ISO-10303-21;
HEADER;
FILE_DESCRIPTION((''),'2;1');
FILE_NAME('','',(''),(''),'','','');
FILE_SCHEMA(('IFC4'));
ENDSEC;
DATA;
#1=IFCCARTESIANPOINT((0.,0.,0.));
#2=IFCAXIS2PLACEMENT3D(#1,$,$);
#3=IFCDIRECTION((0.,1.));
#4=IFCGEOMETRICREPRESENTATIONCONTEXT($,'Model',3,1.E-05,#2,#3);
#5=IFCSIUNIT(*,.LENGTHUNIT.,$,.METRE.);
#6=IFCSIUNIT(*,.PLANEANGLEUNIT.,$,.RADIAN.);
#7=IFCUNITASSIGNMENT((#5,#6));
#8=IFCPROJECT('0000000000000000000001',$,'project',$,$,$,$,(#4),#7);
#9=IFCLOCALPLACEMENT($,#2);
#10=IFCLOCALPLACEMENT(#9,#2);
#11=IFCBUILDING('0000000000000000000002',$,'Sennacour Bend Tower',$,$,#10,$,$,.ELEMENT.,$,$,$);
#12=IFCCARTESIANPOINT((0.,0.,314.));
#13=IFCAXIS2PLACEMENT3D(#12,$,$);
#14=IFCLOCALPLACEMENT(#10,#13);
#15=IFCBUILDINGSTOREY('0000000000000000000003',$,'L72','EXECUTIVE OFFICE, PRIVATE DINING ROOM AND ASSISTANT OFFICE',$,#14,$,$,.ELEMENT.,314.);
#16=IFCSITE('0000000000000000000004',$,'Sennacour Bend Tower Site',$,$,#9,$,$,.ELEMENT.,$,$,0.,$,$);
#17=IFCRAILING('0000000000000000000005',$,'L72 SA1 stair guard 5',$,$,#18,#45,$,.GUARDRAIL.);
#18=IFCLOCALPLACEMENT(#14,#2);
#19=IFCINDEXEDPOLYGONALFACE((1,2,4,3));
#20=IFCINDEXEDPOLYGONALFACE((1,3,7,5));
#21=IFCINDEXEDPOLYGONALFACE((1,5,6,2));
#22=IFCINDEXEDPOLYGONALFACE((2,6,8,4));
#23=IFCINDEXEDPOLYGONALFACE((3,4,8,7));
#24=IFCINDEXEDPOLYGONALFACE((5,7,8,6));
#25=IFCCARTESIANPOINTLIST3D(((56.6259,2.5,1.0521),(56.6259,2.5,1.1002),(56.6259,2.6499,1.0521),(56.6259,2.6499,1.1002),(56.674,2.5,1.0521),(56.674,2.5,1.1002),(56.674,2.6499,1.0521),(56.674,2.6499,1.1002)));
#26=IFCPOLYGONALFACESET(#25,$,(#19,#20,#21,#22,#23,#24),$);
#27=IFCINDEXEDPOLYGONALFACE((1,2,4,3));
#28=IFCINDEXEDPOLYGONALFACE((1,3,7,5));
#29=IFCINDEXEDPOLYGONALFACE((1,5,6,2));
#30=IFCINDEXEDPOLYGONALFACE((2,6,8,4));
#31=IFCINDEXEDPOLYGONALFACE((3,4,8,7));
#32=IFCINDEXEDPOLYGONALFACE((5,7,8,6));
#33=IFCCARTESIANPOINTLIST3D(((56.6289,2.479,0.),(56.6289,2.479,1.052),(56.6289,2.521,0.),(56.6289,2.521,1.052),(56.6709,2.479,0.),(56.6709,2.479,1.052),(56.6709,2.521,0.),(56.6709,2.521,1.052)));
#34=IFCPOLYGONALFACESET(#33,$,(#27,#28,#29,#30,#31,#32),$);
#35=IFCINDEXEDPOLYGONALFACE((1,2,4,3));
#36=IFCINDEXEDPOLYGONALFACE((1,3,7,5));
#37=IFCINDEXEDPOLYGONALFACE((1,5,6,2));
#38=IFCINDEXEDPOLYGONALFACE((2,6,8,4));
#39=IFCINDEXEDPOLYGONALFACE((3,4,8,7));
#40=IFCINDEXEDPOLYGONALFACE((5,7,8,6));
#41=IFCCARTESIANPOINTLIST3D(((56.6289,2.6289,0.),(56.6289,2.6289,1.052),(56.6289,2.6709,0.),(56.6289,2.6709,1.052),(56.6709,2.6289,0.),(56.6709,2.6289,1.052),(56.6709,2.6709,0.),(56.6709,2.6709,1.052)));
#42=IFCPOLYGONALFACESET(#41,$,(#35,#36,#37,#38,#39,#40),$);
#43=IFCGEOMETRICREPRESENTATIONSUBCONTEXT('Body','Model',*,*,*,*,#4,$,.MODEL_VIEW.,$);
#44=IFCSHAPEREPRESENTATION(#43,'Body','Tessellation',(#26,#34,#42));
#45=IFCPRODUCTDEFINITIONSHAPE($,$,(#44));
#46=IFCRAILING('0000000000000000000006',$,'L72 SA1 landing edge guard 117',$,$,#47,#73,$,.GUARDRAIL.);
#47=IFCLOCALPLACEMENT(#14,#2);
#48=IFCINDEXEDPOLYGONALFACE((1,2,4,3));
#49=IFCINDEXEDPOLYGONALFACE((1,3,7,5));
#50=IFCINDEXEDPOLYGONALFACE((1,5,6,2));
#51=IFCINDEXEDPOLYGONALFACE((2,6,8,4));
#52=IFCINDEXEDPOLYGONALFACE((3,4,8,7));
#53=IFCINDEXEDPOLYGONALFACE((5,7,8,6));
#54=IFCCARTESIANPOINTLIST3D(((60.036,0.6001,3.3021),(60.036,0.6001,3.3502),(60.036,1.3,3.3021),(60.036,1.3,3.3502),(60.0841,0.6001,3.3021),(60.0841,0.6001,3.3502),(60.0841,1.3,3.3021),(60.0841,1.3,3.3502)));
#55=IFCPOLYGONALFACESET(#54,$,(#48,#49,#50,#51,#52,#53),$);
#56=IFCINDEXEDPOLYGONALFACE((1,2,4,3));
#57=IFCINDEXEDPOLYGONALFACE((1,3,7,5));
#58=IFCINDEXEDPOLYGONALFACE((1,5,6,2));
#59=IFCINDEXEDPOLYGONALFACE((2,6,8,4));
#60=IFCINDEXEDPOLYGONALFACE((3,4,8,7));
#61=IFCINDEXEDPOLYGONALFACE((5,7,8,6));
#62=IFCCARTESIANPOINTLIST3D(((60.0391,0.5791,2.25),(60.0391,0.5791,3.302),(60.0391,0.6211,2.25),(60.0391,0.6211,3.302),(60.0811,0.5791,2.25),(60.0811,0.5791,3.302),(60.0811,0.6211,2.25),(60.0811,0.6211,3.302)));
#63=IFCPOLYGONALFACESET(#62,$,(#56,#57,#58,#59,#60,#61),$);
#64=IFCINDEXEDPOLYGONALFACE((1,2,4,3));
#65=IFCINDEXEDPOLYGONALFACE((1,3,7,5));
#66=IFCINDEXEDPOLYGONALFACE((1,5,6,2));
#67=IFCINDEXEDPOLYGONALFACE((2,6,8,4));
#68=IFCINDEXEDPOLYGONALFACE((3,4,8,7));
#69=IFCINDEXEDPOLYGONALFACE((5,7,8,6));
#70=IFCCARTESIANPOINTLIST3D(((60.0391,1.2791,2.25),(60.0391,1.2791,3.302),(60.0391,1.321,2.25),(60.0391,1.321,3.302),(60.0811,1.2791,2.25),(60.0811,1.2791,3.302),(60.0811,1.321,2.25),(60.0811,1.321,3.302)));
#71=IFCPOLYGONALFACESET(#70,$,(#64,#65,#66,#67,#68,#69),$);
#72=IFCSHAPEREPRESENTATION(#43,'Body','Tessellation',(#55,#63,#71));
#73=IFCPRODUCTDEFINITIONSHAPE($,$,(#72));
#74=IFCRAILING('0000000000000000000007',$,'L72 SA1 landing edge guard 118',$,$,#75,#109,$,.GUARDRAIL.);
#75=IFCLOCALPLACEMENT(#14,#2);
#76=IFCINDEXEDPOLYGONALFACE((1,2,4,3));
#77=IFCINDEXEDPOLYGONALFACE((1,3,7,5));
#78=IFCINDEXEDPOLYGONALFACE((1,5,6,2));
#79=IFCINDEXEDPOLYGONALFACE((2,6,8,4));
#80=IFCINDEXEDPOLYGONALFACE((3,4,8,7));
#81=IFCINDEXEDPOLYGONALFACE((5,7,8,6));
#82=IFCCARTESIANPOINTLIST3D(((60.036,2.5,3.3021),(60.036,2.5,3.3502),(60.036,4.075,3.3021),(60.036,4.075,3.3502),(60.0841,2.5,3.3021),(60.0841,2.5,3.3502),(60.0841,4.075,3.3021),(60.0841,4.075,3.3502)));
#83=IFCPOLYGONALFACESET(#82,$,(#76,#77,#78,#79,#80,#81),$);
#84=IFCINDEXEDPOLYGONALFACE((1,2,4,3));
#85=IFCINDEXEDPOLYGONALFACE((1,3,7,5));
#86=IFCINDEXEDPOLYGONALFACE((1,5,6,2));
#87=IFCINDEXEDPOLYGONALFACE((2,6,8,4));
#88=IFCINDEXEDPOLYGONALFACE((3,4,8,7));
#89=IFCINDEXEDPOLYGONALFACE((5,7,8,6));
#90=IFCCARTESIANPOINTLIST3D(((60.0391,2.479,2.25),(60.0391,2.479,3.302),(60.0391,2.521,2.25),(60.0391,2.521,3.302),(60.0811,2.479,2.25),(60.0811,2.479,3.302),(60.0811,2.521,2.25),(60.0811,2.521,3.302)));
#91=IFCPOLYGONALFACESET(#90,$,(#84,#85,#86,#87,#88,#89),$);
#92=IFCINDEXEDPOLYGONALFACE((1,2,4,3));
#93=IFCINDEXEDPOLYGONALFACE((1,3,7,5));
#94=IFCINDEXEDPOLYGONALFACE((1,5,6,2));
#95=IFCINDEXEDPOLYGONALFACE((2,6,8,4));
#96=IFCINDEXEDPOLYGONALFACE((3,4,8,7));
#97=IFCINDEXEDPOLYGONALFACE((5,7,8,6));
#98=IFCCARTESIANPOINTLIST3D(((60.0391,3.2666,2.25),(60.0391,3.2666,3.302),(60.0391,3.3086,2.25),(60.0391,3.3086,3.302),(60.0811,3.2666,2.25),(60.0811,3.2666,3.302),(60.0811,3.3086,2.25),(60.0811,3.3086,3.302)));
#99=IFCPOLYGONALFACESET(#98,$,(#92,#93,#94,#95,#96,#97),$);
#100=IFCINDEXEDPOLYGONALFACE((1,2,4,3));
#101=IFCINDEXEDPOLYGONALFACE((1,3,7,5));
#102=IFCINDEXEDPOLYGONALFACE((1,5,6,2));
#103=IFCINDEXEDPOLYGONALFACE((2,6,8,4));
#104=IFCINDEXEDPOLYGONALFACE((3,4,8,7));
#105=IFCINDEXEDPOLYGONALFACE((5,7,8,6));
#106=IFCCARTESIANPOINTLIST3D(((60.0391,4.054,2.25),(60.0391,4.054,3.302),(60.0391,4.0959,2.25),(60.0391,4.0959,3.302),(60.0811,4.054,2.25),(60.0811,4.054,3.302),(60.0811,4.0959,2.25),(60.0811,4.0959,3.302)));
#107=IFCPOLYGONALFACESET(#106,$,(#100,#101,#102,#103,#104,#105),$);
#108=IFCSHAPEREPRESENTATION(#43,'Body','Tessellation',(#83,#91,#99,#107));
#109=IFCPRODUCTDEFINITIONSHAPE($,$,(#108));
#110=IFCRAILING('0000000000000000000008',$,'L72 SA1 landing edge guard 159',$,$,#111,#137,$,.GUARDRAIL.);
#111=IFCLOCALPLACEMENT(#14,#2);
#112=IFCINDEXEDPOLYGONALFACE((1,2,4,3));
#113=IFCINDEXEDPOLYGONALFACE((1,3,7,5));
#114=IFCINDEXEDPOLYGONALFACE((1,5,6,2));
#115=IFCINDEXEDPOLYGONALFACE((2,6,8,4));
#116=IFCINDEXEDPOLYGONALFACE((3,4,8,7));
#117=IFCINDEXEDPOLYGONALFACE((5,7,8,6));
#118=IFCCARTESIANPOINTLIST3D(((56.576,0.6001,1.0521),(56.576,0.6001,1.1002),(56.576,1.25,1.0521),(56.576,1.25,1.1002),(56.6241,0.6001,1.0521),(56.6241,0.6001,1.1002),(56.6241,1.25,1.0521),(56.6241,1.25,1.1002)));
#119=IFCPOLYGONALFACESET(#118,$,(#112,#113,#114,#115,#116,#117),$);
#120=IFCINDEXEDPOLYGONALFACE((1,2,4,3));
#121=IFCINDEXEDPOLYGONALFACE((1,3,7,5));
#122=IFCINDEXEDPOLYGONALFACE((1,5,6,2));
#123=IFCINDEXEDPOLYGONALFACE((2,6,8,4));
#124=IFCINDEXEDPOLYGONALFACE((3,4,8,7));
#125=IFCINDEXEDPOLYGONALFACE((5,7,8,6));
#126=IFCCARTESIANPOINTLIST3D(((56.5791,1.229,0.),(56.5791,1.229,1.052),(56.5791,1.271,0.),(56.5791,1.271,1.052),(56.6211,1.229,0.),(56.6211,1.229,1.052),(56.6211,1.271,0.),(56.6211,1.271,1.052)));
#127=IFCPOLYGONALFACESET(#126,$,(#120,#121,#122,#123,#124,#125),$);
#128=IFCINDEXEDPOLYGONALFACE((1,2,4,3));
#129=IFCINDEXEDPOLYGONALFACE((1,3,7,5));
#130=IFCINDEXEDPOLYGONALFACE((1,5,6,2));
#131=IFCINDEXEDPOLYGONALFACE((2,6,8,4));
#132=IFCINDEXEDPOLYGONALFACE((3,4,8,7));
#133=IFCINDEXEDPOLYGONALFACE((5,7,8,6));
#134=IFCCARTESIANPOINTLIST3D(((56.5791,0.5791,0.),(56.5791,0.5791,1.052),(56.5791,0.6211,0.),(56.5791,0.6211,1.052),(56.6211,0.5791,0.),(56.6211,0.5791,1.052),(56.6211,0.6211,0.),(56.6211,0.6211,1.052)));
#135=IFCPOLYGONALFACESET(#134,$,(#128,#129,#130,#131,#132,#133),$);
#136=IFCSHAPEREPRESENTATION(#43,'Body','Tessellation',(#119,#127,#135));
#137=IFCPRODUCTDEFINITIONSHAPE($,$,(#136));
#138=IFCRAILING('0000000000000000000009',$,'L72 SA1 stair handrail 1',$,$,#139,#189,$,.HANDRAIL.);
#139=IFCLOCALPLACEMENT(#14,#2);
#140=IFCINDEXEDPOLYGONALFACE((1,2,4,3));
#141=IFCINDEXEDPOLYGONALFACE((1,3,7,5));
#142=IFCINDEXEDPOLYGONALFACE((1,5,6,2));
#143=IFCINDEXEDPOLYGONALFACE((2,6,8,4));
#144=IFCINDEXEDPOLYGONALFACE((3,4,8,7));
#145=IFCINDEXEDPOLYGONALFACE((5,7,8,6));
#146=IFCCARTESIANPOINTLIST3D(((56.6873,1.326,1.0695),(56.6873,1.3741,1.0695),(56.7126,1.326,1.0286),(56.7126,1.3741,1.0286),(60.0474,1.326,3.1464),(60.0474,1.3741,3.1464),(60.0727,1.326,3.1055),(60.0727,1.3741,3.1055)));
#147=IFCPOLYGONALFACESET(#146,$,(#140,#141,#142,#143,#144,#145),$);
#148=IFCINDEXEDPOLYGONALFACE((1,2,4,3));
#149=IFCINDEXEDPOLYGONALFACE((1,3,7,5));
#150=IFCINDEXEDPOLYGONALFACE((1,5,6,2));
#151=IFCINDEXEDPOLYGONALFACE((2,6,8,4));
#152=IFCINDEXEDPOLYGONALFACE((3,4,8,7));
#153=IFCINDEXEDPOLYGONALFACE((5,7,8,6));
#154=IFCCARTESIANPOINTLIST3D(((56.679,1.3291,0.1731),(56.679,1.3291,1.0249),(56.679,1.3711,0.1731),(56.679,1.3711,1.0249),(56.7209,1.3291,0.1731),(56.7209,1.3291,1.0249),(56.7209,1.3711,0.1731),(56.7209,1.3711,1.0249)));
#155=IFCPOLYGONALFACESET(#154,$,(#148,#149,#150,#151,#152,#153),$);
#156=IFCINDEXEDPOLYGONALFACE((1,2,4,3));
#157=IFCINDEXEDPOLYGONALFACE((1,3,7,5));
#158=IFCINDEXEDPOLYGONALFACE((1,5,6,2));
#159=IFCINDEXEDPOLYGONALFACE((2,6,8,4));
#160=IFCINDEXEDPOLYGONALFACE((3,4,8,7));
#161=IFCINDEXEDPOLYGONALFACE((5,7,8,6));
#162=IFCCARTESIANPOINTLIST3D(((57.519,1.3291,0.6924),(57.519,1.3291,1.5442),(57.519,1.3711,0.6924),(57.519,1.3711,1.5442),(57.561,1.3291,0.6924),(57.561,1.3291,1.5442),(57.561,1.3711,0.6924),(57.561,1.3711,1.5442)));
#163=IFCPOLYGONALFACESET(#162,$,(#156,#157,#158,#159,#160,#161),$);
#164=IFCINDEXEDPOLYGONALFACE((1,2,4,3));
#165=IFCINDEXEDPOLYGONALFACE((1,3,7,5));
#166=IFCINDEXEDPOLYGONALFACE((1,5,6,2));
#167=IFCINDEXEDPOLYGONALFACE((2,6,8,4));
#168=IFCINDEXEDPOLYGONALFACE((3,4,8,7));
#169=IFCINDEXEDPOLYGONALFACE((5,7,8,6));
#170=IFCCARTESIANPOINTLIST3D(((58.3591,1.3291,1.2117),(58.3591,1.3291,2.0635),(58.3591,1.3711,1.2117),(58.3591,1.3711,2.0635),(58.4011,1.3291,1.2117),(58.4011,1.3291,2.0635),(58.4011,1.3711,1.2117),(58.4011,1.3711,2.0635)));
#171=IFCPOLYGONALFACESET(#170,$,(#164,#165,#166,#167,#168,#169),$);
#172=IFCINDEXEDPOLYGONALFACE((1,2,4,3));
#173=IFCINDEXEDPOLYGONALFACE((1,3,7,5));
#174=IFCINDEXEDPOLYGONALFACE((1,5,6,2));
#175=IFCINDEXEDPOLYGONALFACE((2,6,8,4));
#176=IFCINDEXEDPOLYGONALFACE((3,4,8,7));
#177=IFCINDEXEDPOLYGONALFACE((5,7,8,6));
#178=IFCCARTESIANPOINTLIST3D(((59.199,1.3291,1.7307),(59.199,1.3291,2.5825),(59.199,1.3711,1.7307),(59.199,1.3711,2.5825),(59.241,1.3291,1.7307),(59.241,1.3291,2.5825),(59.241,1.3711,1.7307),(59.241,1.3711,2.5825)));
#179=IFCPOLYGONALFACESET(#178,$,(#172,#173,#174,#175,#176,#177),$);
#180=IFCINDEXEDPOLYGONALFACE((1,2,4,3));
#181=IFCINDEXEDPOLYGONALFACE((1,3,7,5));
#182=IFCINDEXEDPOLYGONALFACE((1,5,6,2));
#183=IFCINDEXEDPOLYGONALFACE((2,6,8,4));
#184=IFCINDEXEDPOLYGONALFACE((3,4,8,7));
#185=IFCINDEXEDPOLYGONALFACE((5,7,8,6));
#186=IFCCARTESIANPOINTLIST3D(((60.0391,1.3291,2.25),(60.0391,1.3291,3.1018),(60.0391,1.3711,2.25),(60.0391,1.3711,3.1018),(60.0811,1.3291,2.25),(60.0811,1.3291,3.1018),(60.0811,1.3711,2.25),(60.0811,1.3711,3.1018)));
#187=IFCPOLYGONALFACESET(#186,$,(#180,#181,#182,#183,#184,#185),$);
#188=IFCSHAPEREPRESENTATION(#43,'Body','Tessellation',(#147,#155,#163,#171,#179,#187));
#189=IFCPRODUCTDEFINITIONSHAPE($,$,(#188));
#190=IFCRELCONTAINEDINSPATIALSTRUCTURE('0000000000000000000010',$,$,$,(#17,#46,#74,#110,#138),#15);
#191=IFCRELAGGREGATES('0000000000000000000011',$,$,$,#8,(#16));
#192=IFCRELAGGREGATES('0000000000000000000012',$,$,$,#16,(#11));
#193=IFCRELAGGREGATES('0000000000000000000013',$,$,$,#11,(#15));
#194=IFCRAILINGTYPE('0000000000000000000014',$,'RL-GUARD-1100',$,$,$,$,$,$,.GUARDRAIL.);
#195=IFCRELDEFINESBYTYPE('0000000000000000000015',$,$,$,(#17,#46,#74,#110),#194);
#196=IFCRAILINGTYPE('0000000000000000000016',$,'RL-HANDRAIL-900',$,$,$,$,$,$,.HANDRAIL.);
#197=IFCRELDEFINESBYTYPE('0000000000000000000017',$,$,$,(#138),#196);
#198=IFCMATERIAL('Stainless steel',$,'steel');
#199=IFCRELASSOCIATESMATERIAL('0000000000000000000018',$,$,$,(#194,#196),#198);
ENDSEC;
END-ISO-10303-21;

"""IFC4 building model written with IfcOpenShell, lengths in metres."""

from ifc_helpers import new_model, si_unit, direction, frame, origin, origin_2d, place, context, subcontext, project, spatial, rectangle, extrude, material, type_object, element, save


model = new_model("IFC4")

# Units and contexts
model_context = context("Model", 3, precision=1e-05, world=origin(), true_north=direction((0.0, 1.0)))
body_context = subcontext(model_context, "Body", "Model", "MODEL_VIEW")
ifc_project = project(units=[si_unit("LENGTHUNIT", "METRE"), si_unit("PLANEANGLEUNIT", "RADIAN")], contexts=[model_context])

# Site, building, storey
site_placement = place(None, origin())
site = spatial("IfcSite", under=ifc_project, at=site_placement, Name="Sennacour Bend Tower Site", CompositionType="ELEMENT", RefElevation=0.0)
building_placement = place(site_placement, origin())
building = spatial("IfcBuilding", under=site, at=building_placement, Name="Sennacour Bend Tower", CompositionType="ELEMENT")
storey_placement = place(building_placement, frame((0.0, 0.0, 314.0)))
storey = spatial("IfcBuildingStorey", under=building, at=storey_placement, Name="L72", Description="EXECUTIVE OFFICE, PRIVATE DINING ROOM AND ASSISTANT OFFICE", CompositionType="ELEMENT", Elevation=314.0)

# Railings
ifc_material_1 = material(Name="Stainless steel", Category="steel")
railing_type_1 = type_object("IfcRailingType", Name="RL-GUARD-1100", PredefinedType="GUARDRAIL", material=ifc_material_1)
railing_1_placement = place(storey_placement, frame((56.6499, 2.5, 0.0)))
element("IfcRailing", 1, at=railing_1_placement, inside=storey, type_object=railing_type_1, Name="L72 SA1 stair guard 5", PredefinedType="GUARDRAIL", context=body_context, shape_type="SweptSolid", body=[
    extrude(rectangle(XDim=0.0481, YDim=0.0481, at=origin_2d()), frame((0.0, 0.0, 1.0762), z_axis=(0.0, 1.0, 0.0), x_axis=(-1.0, 0.0, 0.0)), (0.0, 0.0, 1.0), 0.1499),
    extrude(rectangle(XDim=0.042, YDim=0.042, at=origin_2d()), origin(), (0.0, 0.0, 1.0), 1.052),
    extrude(rectangle(XDim=0.042, YDim=0.042, at=origin_2d()), frame((0.0, 0.1499, 0.0)), (0.0, 0.0, 1.0), 1.052),
])
railing_2_placement = place(storey_placement, frame((60.0601, 0.6001, 2.25)))
element("IfcRailing", 2, at=railing_2_placement, inside=storey, type_object=railing_type_1, Name="L72 SA1 landing edge guard 117", PredefinedType="GUARDRAIL", context=body_context, shape_type="SweptSolid", body=[
    extrude(rectangle(XDim=0.0481, YDim=0.0481, at=origin_2d()), frame((0.0, 0.0, 1.0762), z_axis=(0.0, 1.0, 0.0), x_axis=(-1.0, 0.0, 0.0)), (0.0, 0.0, 1.0), 0.7),
    extrude(rectangle(XDim=0.042, YDim=0.042, at=origin_2d()), origin(), (0.0, 0.0, 1.0), 1.052),
    extrude(rectangle(XDim=0.042, YDim=0.042, at=origin_2d()), frame((0.0, 0.7, 0.0)), (0.0, 0.0, 1.0), 1.052),
])
railing_3_placement = place(storey_placement, frame((60.0601, 2.5, 2.25)))
element("IfcRailing", 3, at=railing_3_placement, inside=storey, type_object=railing_type_1, Name="L72 SA1 landing edge guard 118", PredefinedType="GUARDRAIL", context=body_context, shape_type="SweptSolid", body=[
    extrude(rectangle(XDim=0.0481, YDim=0.0481, at=origin_2d()), frame((0.0, 0.0, 1.0762), z_axis=(0.0, 1.0, 0.0), x_axis=(-1.0, 0.0, 0.0)), (0.0, 0.0, 1.0), 1.575),
    extrude(rectangle(XDim=0.042, YDim=0.042, at=origin_2d()), origin(), (0.0, 0.0, 1.0), 1.052),
    extrude(rectangle(XDim=0.042, YDim=0.042, at=origin_2d()), frame((0.0, 0.7876, 0.0)), (0.0, 0.0, 1.0), 1.052),
    extrude(rectangle(XDim=0.042, YDim=0.042, at=origin_2d()), frame((0.0, 1.575, 0.0)), (0.0, 0.0, 1.0), 1.052),
])
railing_4_placement = place(storey_placement, frame((56.6001, 1.25, 0.0)))
element("IfcRailing", 4, at=railing_4_placement, inside=storey, type_object=railing_type_1, Name="L72 SA1 landing edge guard 159", PredefinedType="GUARDRAIL", context=body_context, shape_type="SweptSolid", body=[
    extrude(rectangle(XDim=0.0481, YDim=0.0481, at=origin_2d()), frame((0.0, 0.0, 1.0762), z_axis=(0.0, -1.0, 0.0), x_axis=(1.0, 0.0, 0.0)), (0.0, 0.0, 1.0), 0.6499),
    extrude(rectangle(XDim=0.042, YDim=0.042, at=origin_2d()), origin(), (0.0, 0.0, 1.0), 1.052),
    extrude(rectangle(XDim=0.042, YDim=0.042, at=origin_2d()), frame((0.0, -0.6499, 0.0)), (0.0, 0.0, 1.0), 1.052),
])
railing_type_2 = type_object("IfcRailingType", Name="RL-HANDRAIL-900", PredefinedType="HANDRAIL", material=ifc_material_1)
railing_5_placement = place(storey_placement, frame((56.7, 1.3501, 0.1731)))
element("IfcRailing", 5, at=railing_5_placement, inside=storey, type_object=railing_type_2, Name="L72 SA1 stair handrail 1", PredefinedType="HANDRAIL", context=body_context, shape_type="SweptSolid", body=[
    extrude(rectangle(XDim=0.0481, YDim=0.0481, at=origin_2d()), frame((0.0, 0.0, 0.876), z_axis=(0.850623, 0.0, 0.525776), x_axis=(0.0, 1.0, 0.0)), (0.0, 0.0, 1.0), 3.9502),
    extrude(rectangle(XDim=0.042, YDim=0.042, at=origin_2d()), origin(), (0.0, 0.0, 1.0), 0.8518),
    extrude(rectangle(XDim=0.042, YDim=0.042, at=origin_2d()), frame((0.8401, 0.0, 0.5193)), (0.0, 0.0, 1.0), 0.8518),
    extrude(rectangle(XDim=0.042, YDim=0.042, at=origin_2d()), frame((1.6802, 0.0, 1.0386)), (0.0, 0.0, 1.0), 0.8518),
    extrude(rectangle(XDim=0.042, YDim=0.042, at=origin_2d()), frame((2.52, 0.0, 1.5576)), (0.0, 0.0, 1.0), 0.8518),
    extrude(rectangle(XDim=0.042, YDim=0.042, at=origin_2d()), frame((3.3601, 0.0, 2.0769)), (0.0, 0.0, 1.0), 0.8518),
])

save(model, "model.ifc")
